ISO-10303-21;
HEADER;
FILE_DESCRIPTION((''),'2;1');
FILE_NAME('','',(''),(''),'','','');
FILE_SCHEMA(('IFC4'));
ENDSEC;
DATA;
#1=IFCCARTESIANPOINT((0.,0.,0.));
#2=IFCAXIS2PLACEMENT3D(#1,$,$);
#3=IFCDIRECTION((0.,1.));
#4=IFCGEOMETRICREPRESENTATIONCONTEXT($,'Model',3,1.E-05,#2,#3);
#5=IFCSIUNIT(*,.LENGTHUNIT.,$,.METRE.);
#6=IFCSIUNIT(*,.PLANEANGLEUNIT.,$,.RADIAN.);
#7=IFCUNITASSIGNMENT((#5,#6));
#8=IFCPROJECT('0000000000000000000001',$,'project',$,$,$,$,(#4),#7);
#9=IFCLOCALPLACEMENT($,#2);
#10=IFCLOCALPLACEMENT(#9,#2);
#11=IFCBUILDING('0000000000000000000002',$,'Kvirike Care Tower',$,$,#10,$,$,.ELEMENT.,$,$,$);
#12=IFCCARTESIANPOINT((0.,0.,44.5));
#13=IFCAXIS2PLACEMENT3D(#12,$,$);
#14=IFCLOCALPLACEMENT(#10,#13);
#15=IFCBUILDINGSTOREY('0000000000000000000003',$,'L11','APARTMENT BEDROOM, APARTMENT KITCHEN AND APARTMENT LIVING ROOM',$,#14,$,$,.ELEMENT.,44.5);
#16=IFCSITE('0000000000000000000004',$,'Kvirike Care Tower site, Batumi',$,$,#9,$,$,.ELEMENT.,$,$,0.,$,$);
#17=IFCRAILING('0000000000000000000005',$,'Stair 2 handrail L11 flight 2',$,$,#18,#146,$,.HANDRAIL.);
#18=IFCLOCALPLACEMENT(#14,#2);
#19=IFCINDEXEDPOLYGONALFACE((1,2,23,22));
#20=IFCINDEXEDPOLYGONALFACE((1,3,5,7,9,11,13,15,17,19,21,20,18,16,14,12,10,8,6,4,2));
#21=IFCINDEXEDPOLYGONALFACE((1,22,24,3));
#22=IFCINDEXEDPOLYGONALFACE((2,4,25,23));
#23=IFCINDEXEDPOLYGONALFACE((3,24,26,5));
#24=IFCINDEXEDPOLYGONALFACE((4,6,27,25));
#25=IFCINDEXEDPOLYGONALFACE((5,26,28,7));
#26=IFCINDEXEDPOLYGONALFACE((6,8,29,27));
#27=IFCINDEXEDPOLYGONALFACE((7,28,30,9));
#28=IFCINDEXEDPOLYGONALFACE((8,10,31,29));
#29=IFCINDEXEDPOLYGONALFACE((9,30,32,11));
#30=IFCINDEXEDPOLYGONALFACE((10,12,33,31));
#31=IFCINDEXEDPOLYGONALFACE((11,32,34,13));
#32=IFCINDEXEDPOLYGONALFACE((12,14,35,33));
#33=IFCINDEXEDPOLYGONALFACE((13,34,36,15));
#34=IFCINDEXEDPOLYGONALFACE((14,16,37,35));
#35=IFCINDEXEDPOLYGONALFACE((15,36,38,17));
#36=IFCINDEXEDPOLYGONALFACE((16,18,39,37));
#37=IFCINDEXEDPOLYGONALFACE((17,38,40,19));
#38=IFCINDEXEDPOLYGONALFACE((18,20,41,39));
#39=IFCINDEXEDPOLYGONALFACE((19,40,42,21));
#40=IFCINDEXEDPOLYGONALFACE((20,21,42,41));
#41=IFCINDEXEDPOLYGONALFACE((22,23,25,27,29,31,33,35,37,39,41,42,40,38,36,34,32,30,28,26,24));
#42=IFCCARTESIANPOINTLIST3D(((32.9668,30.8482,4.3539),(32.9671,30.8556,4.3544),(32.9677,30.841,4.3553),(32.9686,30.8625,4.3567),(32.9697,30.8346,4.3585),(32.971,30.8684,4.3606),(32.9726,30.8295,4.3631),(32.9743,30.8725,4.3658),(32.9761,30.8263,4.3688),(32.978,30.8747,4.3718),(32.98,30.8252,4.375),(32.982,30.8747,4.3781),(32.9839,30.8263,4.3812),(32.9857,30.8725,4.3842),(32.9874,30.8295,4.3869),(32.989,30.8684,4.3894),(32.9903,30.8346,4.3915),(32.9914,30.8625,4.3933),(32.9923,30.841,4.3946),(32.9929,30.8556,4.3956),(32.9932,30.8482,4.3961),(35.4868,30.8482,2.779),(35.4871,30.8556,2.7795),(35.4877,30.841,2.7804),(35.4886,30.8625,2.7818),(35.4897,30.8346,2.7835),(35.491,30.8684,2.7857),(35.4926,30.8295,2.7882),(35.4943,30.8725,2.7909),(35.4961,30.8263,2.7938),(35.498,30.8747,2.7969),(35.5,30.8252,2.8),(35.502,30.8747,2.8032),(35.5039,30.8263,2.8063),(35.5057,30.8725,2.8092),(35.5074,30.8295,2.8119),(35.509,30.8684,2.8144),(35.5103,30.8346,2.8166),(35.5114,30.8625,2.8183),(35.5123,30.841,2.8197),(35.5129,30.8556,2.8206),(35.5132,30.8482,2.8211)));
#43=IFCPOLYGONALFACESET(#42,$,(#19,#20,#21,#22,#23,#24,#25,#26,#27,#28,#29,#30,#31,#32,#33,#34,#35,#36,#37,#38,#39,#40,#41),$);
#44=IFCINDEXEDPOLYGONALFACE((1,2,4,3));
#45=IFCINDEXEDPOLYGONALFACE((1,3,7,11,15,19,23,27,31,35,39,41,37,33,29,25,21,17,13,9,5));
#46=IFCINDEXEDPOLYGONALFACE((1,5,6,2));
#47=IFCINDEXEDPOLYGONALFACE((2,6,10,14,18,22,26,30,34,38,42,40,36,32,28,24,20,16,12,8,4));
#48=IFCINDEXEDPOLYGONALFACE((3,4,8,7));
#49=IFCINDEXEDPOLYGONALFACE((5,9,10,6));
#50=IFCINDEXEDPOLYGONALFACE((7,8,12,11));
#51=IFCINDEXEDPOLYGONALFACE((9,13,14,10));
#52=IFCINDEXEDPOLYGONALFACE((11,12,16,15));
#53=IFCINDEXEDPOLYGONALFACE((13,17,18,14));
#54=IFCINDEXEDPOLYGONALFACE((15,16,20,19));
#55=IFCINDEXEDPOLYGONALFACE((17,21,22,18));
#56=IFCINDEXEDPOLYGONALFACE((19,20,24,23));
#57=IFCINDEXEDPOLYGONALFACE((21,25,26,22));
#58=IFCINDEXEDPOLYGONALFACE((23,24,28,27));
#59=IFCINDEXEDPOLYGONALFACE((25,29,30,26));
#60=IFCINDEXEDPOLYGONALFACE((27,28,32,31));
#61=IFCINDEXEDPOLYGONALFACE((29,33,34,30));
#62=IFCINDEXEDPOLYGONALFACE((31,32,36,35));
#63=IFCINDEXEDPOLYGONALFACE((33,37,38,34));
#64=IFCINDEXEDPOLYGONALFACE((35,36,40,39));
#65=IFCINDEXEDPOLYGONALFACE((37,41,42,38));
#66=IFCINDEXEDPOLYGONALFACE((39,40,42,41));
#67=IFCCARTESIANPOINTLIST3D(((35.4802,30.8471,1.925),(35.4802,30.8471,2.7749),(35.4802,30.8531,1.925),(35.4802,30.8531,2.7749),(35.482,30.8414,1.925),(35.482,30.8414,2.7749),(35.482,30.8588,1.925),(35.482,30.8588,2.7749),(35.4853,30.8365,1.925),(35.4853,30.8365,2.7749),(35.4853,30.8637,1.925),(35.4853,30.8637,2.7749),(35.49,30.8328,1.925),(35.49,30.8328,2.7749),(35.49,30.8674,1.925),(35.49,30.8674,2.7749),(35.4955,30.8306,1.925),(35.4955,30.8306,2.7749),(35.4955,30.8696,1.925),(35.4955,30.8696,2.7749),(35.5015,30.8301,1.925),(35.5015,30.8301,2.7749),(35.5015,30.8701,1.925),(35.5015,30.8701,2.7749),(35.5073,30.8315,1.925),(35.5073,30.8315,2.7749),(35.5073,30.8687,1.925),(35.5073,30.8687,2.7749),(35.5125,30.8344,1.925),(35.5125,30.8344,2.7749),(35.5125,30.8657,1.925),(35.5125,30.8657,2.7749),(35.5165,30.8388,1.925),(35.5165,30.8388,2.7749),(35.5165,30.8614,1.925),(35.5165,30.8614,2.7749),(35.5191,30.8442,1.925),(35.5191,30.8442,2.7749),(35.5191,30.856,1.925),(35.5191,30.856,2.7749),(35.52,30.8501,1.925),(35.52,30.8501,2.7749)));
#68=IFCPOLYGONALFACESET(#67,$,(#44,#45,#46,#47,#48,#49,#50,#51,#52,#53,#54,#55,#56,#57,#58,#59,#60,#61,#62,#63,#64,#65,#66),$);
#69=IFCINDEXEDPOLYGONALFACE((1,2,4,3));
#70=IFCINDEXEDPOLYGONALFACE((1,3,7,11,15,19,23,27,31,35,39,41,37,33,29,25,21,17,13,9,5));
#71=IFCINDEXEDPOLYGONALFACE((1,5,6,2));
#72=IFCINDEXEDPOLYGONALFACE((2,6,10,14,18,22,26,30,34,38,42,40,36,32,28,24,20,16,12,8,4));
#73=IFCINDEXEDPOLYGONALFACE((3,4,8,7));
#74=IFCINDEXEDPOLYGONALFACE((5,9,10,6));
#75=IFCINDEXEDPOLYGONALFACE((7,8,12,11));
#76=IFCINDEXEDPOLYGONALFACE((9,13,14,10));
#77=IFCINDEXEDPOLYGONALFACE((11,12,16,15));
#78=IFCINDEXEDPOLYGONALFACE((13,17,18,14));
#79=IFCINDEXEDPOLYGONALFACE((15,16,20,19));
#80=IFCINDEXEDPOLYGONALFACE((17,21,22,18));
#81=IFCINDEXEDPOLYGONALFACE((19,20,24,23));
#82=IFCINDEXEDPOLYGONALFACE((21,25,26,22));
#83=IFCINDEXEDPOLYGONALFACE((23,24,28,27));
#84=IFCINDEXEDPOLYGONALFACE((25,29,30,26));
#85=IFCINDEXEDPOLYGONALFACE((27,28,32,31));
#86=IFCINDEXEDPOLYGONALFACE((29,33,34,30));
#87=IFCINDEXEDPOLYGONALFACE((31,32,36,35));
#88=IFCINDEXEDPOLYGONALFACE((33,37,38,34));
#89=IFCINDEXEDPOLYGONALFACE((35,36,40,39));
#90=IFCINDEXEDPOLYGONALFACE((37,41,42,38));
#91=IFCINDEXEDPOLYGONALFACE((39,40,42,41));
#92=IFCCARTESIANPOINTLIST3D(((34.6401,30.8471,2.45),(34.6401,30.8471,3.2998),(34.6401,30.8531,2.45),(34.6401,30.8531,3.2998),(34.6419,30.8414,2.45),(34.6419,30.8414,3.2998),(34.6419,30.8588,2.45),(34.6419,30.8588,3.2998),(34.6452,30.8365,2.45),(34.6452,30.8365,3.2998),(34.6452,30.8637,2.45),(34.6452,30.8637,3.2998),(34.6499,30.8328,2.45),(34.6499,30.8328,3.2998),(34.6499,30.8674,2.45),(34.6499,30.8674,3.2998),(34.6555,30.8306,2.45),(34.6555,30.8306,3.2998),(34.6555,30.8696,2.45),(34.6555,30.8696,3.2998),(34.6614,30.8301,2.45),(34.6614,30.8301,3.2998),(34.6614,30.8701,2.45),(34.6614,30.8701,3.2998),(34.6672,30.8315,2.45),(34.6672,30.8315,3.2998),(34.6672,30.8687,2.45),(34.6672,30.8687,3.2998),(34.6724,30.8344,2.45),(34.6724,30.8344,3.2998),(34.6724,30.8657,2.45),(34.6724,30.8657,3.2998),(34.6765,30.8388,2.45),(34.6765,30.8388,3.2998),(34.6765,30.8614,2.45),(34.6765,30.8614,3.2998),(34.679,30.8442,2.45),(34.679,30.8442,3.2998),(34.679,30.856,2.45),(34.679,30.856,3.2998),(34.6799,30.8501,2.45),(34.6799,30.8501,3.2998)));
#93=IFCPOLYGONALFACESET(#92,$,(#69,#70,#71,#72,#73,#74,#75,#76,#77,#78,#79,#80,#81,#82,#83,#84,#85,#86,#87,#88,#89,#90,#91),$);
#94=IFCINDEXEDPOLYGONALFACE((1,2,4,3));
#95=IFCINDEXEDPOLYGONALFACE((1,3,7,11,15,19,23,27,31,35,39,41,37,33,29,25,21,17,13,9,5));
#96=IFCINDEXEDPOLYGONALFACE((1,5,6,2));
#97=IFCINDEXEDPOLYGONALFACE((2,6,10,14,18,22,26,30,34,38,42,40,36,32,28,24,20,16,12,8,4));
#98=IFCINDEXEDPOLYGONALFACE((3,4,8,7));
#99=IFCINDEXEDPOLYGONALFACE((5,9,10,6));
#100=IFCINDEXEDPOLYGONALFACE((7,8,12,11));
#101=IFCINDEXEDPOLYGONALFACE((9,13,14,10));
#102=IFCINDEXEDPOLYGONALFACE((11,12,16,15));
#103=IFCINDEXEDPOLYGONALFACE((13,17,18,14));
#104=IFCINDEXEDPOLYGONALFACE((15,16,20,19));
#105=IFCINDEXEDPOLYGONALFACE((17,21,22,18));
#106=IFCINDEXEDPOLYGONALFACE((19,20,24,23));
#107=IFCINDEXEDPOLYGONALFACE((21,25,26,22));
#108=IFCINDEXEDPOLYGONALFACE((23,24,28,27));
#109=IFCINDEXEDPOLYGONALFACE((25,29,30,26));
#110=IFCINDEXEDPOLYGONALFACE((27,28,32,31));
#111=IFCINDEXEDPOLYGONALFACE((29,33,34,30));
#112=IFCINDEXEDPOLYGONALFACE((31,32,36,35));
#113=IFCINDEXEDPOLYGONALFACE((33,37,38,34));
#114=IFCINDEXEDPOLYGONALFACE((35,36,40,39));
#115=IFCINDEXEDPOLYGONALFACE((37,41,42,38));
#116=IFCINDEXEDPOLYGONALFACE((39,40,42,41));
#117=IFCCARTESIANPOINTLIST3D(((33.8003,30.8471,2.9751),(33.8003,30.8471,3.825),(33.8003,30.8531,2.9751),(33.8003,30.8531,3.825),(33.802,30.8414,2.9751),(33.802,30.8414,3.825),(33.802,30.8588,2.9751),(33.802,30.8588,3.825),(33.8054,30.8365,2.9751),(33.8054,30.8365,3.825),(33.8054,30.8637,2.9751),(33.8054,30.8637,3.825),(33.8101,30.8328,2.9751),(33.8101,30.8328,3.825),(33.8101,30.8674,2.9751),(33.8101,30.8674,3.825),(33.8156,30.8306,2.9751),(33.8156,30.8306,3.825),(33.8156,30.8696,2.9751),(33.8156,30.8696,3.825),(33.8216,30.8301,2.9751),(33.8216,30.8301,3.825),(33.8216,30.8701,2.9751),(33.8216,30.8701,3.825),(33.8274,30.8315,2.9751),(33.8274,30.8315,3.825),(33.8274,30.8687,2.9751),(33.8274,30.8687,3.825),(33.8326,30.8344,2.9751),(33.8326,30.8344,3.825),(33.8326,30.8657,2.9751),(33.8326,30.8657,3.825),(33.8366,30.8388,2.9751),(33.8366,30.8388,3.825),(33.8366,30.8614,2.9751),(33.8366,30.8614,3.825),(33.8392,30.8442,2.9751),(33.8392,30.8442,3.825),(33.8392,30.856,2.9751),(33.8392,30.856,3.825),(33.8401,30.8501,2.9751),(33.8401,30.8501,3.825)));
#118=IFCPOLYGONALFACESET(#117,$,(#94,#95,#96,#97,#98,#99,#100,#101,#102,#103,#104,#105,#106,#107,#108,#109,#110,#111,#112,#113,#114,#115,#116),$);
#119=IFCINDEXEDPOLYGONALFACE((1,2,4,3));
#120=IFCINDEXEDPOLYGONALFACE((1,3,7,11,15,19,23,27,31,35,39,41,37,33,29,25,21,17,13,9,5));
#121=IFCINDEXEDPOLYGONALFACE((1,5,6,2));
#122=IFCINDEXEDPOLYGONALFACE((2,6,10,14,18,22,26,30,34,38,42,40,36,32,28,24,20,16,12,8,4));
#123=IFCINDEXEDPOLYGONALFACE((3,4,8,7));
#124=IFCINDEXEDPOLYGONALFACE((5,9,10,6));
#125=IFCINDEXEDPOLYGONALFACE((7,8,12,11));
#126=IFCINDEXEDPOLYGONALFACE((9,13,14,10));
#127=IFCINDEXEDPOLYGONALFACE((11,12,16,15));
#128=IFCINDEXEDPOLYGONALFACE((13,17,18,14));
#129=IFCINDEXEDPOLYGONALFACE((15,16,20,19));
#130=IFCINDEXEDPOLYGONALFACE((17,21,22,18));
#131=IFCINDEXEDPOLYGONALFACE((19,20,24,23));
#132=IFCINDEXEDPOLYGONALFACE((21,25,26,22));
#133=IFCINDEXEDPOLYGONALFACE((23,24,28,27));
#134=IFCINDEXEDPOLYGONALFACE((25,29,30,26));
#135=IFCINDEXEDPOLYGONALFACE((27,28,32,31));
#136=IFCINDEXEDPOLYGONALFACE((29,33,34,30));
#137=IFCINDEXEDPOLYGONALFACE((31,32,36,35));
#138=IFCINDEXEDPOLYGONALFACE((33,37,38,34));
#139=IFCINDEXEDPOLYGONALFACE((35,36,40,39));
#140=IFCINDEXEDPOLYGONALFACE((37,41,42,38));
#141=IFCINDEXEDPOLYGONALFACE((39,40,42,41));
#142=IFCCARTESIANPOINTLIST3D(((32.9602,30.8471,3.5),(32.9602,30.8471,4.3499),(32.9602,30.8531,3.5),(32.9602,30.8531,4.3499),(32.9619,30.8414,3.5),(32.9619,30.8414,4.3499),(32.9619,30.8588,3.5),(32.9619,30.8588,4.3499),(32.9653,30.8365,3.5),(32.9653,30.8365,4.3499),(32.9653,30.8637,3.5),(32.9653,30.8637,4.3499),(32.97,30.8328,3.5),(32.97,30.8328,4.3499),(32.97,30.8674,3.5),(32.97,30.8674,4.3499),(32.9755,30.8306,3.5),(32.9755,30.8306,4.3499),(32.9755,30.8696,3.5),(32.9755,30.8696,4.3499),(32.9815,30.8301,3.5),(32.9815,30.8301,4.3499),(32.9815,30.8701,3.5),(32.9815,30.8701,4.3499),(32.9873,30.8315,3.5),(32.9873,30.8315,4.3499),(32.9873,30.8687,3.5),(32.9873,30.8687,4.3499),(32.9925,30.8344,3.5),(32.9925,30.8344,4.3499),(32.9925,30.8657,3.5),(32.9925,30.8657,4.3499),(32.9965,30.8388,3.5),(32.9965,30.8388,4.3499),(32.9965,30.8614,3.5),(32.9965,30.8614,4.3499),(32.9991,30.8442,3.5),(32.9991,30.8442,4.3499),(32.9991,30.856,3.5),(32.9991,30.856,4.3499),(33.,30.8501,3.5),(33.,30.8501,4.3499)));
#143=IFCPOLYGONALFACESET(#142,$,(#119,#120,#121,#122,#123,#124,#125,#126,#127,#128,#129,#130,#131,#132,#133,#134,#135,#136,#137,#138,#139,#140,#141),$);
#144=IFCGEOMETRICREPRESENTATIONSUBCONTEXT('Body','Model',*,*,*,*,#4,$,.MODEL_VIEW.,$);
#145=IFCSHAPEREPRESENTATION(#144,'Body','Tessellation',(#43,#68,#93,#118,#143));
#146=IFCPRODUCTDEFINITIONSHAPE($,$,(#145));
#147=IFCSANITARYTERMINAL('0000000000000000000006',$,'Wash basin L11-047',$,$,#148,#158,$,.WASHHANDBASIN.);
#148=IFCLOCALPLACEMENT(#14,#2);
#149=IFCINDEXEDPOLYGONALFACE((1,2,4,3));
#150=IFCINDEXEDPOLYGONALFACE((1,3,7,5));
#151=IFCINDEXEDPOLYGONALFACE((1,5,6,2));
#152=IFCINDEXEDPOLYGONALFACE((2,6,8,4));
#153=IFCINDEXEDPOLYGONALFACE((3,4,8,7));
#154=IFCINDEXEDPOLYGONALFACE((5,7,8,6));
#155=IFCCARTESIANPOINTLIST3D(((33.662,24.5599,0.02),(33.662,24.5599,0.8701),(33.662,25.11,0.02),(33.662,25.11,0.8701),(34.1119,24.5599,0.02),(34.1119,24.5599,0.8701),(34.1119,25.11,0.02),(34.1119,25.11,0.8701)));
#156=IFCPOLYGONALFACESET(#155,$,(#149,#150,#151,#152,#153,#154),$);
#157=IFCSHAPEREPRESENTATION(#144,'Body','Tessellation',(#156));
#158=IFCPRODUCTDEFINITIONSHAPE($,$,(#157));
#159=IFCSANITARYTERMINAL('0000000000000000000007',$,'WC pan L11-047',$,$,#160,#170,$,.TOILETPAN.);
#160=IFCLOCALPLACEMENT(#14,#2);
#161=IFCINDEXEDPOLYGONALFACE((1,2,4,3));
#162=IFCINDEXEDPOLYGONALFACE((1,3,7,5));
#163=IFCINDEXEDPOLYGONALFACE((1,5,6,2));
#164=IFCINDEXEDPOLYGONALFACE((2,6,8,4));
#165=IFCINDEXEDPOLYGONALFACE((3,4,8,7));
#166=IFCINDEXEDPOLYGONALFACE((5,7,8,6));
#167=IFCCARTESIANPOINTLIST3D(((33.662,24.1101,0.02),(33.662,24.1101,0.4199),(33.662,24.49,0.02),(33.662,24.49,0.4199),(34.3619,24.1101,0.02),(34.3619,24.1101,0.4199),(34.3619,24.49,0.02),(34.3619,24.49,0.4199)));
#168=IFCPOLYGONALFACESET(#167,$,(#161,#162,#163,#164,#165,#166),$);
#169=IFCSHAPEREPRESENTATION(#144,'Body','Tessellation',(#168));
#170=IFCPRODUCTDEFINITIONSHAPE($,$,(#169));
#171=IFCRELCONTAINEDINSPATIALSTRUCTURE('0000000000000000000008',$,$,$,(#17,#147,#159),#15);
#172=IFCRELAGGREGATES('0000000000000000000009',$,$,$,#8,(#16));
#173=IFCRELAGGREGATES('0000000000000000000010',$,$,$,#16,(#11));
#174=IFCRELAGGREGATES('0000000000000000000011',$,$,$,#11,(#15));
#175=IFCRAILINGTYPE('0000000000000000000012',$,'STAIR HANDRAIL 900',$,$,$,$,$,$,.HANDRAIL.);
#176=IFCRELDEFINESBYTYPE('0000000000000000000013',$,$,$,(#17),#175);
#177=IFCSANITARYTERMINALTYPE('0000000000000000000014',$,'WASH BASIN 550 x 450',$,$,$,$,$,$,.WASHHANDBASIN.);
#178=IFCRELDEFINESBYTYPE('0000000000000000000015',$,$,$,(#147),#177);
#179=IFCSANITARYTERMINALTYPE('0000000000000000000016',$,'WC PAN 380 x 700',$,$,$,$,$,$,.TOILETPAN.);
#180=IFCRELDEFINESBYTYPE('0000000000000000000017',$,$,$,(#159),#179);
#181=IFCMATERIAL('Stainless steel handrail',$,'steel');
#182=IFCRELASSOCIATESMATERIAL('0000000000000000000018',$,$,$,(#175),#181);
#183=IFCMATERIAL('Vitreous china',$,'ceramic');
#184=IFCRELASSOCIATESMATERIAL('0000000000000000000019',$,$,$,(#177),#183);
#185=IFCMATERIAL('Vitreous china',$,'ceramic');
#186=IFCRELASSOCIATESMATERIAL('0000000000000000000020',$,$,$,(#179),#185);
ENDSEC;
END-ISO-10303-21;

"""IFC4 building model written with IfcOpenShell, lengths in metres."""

from ifc_helpers import new_model, si_unit, direction, frame, origin, origin_2d, place, context, subcontext, project, spatial, rectangle, circle, extrude, material, type_object, element, save


model = new_model("IFC4")

# Units and contexts
model_context = context("Model", 3, precision=1e-05, world=origin(), true_north=direction((0.0, 1.0)))
body_context = subcontext(model_context, "Body", "Model", "MODEL_VIEW")
ifc_project = project(units=[si_unit("LENGTHUNIT", "METRE"), si_unit("PLANEANGLEUNIT", "RADIAN")], contexts=[model_context])

# Site, building, storey
site_placement = place(None, origin())
site = spatial("IfcSite", under=ifc_project, at=site_placement, Name="Kvirike Care Tower site, Batumi", CompositionType="ELEMENT", RefElevation=0.0)
building_placement = place(site_placement, origin())
building = spatial("IfcBuilding", under=site, at=building_placement, Name="Kvirike Care Tower", CompositionType="ELEMENT")
storey_placement = place(building_placement, frame((0.0, 0.0, 44.5)))
storey = spatial("IfcBuildingStorey", under=building, at=storey_placement, Name="L11", Description="APARTMENT BEDROOM, APARTMENT KITCHEN AND APARTMENT LIVING ROOM", CompositionType="ELEMENT", Elevation=44.5)

# Railing
ifc_material_1 = material(Name="Stainless steel handrail", Category="steel")
railing_type = type_object("IfcRailingType", Name="STAIR HANDRAIL 900", PredefinedType="HANDRAIL", material=ifc_material_1)
railing_placement = place(storey_placement, frame((35.5, 30.8501, 1.925)))
element("IfcRailing", 1, at=railing_placement, inside=storey, type_object=railing_type, Name="Stair 2 handrail L11 flight 2", PredefinedType="HANDRAIL", context=body_context, shape_type="SweptSolid", body=[
    extrude(circle(Radius=0.0249, at=origin_2d()), frame((0.0, 0.0, 0.875), z_axis=(-0.848008, 0.0, 0.529984), x_axis=(0.0, -1.0, 0.0)), (0.0, 0.0, 1.0), 2.9717),
    extrude(circle(Radius=0.02, at=origin_2d()), origin(), (0.0, 0.0, 1.0), 0.8499),
    extrude(circle(Radius=0.02, at=origin_2d()), frame((-0.8401, 0.0, 0.5249)), (0.0, 0.0, 1.0), 0.8499),
    extrude(circle(Radius=0.02, at=origin_2d()), frame((-1.6799, 0.0, 1.05)), (0.0, 0.0, 1.0), 0.8499),
    extrude(circle(Radius=0.02, at=origin_2d()), frame((-2.52, 0.0, 1.575)), (0.0, 0.0, 1.0), 0.8499),
])

# Sanitary terminals
ifc_material_2 = material(Name="Vitreous china", Category="ceramic")
sanitary_terminal_type_1 = type_object("IfcSanitaryTerminalType", Name="WASH BASIN 550 x 450", PredefinedType="WASHHANDBASIN", material=ifc_material_2)
sanitary_terminal_1_placement = place(storey_placement, frame((33.887, 24.835, 0.02), z_axis=(0.0, 0.0, 1.0), x_axis=(0.0, 1.0, 0.0)))
element("IfcSanitaryTerminal", 2, at=sanitary_terminal_1_placement, inside=storey, type_object=sanitary_terminal_type_1, Name="Wash basin L11-047", PredefinedType="WASHHANDBASIN", context=body_context, shape_type="SweptSolid", body=[
    extrude(rectangle(XDim=0.55, YDim=0.45, at=origin_2d()), origin(), (0.0, 0.0, 1.0), 0.8501),
])
ifc_material_3 = material(Name="Vitreous china", Category="ceramic")
sanitary_terminal_type_2 = type_object("IfcSanitaryTerminalType", Name="WC PAN 380 x 700", PredefinedType="TOILETPAN", material=ifc_material_3)
sanitary_terminal_2_placement = place(storey_placement, frame((34.012, 24.3, 0.02), z_axis=(0.0, 0.0, 1.0), x_axis=(0.0, 1.0, 0.0)))
element("IfcSanitaryTerminal", 3, at=sanitary_terminal_2_placement, inside=storey, type_object=sanitary_terminal_type_2, Name="WC pan L11-047", PredefinedType="TOILETPAN", context=body_context, shape_type="SweptSolid", body=[
    extrude(rectangle(XDim=0.3799, YDim=0.7, at=origin_2d()), origin(), (0.0, 0.0, 1.0), 0.3999),
])

save(model, "model.ifc")
